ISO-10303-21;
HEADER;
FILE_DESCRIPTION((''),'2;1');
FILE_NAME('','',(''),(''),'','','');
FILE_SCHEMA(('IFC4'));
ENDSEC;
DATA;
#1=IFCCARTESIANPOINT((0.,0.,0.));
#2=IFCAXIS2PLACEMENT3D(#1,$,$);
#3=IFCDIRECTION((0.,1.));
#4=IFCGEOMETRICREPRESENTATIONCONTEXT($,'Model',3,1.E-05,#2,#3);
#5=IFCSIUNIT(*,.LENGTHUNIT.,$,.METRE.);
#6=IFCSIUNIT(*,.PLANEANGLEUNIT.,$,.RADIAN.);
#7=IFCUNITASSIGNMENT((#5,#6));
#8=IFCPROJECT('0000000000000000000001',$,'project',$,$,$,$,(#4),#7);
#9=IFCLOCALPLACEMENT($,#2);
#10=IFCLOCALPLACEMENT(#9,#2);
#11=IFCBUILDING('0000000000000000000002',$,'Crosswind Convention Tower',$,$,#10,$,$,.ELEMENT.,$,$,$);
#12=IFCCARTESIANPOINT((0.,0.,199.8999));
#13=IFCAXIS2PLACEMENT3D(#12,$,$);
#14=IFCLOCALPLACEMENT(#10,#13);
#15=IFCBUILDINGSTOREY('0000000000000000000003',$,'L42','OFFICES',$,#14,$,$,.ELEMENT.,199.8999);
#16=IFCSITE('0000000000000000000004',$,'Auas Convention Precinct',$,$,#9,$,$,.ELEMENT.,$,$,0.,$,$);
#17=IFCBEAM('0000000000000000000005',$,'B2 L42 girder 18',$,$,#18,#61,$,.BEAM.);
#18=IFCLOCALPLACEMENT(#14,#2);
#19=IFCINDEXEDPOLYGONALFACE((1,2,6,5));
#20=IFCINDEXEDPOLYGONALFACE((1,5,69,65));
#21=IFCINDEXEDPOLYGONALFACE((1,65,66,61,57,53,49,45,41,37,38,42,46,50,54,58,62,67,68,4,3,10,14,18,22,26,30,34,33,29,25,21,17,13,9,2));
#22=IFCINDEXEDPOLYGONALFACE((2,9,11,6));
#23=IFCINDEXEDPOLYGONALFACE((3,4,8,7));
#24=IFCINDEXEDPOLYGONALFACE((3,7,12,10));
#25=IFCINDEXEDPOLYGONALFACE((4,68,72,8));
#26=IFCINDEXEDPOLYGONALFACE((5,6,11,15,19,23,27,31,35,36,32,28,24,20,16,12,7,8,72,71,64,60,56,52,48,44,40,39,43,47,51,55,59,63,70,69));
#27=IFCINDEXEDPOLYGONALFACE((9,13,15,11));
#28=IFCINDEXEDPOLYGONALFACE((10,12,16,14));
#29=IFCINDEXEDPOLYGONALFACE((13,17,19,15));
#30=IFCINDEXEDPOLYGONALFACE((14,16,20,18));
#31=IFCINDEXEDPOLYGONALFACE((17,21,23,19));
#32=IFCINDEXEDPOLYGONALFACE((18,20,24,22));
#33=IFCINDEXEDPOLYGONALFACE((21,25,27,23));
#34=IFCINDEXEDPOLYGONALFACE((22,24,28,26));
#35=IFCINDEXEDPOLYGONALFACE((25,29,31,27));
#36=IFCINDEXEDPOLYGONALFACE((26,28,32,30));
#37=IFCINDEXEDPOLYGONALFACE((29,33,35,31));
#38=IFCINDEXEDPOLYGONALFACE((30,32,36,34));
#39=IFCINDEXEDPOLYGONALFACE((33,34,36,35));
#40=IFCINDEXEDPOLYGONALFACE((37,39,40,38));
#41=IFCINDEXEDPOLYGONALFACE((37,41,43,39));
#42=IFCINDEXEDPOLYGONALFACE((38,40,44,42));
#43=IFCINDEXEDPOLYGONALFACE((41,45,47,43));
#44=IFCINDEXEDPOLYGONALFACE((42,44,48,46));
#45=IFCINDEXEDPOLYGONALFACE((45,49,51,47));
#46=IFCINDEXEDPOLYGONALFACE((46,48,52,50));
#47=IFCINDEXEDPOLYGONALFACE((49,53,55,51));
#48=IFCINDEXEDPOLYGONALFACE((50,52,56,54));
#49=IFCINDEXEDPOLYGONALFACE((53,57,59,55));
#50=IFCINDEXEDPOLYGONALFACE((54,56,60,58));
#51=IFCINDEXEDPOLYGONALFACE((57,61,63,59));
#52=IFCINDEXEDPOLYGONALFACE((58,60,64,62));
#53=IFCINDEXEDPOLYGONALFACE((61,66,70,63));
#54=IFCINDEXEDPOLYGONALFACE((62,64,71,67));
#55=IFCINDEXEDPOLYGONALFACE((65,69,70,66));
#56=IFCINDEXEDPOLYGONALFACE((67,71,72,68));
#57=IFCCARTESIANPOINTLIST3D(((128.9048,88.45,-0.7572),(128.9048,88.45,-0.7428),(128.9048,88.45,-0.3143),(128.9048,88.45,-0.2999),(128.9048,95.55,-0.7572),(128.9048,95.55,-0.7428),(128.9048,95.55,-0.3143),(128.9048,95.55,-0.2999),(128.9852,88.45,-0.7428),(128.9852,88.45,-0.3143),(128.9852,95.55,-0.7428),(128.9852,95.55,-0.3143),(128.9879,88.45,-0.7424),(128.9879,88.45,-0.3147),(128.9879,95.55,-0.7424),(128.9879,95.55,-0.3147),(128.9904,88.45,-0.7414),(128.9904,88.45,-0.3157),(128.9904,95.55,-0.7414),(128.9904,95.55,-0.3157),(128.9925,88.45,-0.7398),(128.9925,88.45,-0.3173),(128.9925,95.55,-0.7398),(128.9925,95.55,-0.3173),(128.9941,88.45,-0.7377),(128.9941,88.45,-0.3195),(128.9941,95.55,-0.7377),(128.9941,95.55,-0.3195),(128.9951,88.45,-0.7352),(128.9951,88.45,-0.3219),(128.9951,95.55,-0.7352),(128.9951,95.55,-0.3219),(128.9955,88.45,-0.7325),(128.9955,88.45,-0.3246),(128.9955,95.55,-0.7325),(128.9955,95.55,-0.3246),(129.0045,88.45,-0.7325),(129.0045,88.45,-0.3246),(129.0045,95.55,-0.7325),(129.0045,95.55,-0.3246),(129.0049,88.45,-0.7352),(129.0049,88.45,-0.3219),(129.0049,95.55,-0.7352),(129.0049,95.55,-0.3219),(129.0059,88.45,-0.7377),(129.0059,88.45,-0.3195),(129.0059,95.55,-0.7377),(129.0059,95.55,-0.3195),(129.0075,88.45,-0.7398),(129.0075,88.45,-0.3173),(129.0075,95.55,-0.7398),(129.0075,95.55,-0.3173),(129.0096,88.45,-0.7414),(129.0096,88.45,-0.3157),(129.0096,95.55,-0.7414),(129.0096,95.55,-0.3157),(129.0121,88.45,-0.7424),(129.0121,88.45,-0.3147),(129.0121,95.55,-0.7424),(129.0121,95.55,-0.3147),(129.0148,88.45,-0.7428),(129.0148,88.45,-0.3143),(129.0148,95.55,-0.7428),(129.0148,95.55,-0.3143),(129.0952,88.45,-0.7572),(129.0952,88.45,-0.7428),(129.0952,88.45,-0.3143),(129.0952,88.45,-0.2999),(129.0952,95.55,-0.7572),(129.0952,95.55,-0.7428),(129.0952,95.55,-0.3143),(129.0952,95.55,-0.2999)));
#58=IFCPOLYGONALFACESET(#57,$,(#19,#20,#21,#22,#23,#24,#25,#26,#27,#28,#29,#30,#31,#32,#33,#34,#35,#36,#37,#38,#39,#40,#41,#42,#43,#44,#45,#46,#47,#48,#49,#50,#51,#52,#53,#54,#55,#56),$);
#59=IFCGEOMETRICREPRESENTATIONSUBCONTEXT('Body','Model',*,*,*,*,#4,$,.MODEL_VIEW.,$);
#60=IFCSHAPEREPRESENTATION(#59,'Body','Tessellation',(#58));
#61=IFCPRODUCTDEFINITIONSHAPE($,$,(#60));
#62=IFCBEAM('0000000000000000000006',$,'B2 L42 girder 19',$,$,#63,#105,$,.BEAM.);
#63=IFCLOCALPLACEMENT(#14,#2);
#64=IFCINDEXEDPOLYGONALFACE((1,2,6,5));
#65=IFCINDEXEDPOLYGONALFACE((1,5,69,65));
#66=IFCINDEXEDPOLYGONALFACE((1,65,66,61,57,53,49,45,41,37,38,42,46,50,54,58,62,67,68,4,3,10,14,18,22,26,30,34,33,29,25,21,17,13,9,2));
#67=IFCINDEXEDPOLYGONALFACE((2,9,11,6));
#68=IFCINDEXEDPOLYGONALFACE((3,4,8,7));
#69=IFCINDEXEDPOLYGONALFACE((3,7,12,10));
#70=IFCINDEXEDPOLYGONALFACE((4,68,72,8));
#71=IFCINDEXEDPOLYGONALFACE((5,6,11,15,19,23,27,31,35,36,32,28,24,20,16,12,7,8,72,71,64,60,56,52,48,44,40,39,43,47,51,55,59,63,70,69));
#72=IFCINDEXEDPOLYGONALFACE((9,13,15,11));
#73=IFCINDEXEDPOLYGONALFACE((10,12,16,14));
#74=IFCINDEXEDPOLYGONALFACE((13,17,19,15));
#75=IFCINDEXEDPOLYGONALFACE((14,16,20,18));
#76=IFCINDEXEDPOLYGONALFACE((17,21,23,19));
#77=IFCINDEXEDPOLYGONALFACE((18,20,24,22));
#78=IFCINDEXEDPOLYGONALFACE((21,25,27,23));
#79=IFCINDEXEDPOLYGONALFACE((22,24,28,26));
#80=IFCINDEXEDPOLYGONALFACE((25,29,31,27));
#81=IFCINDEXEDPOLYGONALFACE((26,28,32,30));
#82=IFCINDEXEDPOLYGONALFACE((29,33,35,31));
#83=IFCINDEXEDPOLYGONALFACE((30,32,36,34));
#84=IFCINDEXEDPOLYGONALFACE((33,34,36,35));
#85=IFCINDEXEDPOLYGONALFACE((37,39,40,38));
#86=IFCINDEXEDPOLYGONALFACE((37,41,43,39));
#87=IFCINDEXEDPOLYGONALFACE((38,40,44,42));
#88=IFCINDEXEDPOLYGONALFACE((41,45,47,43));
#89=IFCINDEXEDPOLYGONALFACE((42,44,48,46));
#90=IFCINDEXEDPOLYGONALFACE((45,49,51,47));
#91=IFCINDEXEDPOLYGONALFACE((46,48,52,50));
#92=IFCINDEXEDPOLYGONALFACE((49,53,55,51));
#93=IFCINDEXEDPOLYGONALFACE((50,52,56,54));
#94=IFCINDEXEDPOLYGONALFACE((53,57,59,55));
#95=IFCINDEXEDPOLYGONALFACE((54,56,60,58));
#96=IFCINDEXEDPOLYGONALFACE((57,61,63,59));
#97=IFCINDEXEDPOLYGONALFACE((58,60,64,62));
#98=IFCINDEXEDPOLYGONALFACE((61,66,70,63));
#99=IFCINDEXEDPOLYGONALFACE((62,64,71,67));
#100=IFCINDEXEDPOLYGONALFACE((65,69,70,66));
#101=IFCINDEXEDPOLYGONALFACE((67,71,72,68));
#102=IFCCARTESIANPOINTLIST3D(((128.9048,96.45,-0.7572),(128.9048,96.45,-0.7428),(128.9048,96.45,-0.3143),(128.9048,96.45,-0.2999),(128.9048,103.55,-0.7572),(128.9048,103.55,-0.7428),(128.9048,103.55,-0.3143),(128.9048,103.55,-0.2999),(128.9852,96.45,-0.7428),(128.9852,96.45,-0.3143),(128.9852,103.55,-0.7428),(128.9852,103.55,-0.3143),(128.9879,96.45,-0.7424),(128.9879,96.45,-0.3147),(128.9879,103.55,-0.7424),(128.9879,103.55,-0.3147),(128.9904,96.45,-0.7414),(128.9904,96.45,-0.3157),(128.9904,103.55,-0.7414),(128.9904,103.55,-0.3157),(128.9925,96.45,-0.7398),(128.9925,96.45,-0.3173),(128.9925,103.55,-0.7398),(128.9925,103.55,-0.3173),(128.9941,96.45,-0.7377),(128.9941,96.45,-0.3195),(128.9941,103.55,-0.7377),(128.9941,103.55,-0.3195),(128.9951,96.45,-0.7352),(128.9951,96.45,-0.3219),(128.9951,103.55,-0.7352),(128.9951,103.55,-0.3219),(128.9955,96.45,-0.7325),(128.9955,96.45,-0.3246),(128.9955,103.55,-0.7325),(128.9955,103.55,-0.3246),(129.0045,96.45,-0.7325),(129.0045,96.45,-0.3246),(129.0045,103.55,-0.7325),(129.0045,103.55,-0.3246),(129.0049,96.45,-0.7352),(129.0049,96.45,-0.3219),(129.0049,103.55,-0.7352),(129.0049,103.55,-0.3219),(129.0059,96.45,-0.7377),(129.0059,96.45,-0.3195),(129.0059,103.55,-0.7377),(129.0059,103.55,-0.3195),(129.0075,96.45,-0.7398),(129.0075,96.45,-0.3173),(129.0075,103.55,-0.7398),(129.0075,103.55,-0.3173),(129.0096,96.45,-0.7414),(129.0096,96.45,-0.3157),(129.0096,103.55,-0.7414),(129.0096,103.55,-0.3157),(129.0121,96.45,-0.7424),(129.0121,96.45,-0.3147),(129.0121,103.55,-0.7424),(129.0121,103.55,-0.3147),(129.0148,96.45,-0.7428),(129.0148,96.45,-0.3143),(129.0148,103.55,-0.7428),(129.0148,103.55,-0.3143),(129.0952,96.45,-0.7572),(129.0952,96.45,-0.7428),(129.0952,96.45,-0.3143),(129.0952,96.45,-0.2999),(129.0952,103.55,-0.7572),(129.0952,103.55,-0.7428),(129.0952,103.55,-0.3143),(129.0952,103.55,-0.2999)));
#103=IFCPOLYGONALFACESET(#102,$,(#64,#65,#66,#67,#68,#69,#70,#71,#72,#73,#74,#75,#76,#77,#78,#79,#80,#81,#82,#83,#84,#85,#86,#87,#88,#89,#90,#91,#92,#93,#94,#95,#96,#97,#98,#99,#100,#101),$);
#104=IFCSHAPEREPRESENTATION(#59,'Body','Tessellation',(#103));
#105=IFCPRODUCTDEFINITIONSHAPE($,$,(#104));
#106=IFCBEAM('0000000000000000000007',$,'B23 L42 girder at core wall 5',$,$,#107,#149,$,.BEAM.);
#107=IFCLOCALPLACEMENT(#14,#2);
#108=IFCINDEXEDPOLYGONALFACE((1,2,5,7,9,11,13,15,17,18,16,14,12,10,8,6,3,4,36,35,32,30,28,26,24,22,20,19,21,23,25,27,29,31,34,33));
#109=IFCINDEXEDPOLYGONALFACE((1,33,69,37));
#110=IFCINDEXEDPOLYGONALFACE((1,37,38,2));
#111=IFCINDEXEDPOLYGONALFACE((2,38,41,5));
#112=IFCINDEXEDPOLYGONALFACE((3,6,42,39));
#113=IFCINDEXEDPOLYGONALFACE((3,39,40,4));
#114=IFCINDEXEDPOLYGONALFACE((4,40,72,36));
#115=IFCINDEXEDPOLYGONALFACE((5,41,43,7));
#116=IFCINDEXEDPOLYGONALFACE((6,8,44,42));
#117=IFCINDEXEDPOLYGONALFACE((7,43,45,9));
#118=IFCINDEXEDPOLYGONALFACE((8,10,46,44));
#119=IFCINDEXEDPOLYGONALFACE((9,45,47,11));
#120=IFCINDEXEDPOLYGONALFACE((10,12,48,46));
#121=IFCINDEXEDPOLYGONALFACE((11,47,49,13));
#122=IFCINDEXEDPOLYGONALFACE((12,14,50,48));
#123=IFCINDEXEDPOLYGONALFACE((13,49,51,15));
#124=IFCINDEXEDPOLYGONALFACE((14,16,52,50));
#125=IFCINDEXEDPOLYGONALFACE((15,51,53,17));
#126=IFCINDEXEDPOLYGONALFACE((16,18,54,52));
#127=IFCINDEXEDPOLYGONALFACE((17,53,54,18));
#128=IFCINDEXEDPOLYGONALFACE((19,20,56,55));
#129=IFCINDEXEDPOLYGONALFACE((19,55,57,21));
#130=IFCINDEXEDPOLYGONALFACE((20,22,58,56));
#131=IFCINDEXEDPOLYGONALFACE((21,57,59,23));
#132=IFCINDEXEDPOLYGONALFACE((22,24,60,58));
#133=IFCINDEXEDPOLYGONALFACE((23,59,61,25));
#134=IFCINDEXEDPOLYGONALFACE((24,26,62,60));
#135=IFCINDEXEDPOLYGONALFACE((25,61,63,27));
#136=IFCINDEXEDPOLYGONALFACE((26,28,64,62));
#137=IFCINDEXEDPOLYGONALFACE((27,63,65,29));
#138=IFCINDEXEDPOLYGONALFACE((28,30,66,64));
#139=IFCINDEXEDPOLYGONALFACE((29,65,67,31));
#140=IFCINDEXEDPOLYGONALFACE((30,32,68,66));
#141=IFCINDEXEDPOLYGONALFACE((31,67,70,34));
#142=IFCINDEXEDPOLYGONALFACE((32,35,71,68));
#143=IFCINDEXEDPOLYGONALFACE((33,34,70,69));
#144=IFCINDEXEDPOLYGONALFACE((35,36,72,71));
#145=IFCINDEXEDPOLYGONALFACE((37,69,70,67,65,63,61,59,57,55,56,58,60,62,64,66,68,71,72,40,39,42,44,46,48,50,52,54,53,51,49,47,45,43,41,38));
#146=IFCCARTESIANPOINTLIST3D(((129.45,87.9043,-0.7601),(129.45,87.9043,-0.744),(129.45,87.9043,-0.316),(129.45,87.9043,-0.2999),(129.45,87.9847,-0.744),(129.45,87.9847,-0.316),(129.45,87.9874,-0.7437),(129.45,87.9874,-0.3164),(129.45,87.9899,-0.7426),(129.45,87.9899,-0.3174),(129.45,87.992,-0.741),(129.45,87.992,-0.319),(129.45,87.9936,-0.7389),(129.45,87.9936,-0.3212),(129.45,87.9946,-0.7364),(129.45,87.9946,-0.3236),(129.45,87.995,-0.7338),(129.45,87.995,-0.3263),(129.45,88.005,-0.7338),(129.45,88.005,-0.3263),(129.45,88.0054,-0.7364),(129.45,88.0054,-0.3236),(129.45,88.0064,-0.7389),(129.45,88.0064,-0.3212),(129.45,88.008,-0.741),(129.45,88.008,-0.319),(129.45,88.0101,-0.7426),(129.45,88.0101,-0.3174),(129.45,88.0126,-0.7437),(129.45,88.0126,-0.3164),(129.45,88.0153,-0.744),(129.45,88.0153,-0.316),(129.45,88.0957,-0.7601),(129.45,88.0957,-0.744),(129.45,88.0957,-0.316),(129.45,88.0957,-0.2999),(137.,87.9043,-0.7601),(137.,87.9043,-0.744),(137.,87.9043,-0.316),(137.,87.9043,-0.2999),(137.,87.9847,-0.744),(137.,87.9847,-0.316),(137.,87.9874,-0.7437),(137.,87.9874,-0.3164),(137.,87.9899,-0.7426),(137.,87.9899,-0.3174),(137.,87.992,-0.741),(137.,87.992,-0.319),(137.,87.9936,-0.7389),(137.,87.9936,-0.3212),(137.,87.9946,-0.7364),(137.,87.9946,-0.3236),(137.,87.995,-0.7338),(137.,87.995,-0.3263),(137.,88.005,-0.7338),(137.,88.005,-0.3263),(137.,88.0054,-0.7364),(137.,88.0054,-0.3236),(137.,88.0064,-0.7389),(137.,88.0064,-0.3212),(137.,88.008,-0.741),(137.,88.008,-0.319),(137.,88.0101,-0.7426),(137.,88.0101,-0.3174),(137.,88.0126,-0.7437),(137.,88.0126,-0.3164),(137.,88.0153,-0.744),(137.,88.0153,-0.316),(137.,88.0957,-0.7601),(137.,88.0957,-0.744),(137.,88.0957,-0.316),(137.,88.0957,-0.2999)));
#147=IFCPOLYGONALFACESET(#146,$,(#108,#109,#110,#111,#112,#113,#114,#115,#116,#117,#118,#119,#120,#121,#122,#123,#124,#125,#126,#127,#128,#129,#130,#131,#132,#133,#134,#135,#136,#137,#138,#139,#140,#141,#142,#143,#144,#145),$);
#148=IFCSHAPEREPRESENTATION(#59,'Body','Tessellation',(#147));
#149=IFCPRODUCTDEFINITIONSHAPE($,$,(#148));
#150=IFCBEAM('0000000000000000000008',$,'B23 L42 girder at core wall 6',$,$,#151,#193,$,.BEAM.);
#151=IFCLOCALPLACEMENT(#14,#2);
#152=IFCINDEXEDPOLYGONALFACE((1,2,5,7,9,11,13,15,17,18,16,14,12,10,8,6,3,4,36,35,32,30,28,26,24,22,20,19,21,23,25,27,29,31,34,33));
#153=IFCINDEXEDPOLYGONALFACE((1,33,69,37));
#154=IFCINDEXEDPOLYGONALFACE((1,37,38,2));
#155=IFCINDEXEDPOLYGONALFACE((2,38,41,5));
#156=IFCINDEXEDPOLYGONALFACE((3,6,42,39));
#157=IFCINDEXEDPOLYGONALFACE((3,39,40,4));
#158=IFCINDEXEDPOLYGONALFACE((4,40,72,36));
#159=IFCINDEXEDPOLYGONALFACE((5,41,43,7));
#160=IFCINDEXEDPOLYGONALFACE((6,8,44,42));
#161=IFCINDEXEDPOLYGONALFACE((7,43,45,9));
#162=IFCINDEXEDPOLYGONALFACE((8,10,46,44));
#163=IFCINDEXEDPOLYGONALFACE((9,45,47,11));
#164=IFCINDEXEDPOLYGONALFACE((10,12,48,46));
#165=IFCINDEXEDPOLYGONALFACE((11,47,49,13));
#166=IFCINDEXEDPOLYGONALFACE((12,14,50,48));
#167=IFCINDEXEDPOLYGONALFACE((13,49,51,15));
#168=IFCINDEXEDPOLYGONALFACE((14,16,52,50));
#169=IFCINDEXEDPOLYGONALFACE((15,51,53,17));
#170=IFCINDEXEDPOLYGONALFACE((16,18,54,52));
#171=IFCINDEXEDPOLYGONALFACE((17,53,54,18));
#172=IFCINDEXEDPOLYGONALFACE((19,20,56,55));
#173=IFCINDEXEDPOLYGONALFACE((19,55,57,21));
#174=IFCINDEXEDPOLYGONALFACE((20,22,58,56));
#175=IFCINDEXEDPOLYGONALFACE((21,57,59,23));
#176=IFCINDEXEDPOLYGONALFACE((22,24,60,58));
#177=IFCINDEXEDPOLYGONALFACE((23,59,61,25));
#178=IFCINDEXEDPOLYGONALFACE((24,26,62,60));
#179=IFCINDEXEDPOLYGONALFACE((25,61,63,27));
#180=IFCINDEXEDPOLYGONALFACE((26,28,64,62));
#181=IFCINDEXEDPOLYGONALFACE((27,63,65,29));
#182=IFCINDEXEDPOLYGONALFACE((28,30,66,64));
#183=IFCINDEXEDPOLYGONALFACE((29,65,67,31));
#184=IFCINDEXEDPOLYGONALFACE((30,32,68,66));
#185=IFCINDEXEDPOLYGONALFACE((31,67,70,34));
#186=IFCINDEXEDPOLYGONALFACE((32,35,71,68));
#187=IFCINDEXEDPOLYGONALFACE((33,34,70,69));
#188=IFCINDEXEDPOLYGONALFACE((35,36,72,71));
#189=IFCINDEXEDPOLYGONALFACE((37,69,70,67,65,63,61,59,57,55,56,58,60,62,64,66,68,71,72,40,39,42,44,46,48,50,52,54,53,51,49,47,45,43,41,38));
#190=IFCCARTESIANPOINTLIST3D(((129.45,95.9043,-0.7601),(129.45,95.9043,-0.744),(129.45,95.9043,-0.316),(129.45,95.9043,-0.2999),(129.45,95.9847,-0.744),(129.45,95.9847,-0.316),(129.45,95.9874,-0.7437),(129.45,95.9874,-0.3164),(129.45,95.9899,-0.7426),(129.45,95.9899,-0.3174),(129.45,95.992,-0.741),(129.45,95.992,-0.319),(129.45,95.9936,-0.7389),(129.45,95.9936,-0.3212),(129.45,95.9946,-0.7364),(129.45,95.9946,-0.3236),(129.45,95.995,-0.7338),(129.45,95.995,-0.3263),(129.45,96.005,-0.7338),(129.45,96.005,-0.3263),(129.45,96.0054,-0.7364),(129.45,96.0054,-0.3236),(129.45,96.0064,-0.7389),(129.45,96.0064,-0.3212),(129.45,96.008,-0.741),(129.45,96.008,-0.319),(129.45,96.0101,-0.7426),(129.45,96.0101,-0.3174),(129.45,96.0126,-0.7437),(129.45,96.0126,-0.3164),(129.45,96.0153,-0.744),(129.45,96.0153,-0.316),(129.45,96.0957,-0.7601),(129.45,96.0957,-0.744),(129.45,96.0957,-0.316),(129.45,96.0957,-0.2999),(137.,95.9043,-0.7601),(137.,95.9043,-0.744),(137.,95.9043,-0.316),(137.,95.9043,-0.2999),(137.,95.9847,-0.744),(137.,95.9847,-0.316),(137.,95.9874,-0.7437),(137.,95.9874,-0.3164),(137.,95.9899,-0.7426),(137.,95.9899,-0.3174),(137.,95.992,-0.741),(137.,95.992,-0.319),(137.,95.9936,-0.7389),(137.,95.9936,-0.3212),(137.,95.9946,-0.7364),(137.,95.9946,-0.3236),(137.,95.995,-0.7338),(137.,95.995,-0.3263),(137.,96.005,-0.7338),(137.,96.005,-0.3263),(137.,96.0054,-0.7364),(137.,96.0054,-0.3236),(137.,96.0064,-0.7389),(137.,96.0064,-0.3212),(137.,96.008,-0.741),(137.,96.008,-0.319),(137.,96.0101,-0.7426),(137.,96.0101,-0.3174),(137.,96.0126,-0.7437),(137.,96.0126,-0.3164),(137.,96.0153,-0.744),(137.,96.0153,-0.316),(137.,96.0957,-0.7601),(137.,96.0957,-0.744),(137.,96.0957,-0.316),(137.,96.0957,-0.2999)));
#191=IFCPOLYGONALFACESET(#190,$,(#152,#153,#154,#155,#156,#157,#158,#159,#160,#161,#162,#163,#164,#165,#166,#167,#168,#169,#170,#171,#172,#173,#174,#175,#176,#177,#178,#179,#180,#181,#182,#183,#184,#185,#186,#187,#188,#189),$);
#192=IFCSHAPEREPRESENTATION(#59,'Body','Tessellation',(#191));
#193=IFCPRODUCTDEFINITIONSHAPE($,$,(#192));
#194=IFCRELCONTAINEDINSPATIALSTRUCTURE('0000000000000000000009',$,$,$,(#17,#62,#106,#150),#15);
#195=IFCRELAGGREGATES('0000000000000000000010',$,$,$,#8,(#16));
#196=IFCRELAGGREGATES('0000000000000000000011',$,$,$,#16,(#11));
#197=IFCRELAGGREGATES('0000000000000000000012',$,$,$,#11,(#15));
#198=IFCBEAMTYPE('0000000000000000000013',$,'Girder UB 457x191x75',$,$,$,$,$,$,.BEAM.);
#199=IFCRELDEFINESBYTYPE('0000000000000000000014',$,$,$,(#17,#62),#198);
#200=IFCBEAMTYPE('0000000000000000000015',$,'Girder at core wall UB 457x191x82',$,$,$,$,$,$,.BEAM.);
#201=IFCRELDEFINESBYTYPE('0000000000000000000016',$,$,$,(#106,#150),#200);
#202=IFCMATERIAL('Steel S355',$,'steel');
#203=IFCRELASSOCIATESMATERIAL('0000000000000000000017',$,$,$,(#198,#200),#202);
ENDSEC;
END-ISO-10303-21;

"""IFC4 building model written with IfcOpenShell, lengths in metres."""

from ifc_helpers import new_model, si_unit, direction, frame, origin, origin_2d, place, context, subcontext, project, spatial, i_section, extrude, material, material_profile, profile_set, type_object, element, save


model = new_model("IFC4")

# Units and contexts
model_context = context("Model", 3, precision=1e-05, world=origin(), true_north=direction((0.0, 1.0)))
body_context = subcontext(model_context, "Body", "Model", "MODEL_VIEW")
ifc_project = project(units=[si_unit("LENGTHUNIT", "METRE"), si_unit("PLANEANGLEUNIT", "RADIAN")], contexts=[model_context])

# Site, building, storey
site_placement = place(None, origin())
site = spatial("IfcSite", under=ifc_project, at=site_placement, Name="Auas Convention Precinct", CompositionType="ELEMENT", RefElevation=0.0)
building_placement = place(site_placement, origin())
building = spatial("IfcBuilding", under=site, at=building_placement, Name="Crosswind Convention Tower", CompositionType="ELEMENT")
storey_placement = place(building_placement, frame((0.0, 0.0, 199.8999)))
storey = spatial("IfcBuildingStorey", under=building, at=storey_placement, Name="L42", Description="OFFICES", CompositionType="ELEMENT", Elevation=199.8999)

# Beams
ifc_material_1 = material(Name="Steel S355", Category="steel")
ifc_material_profile_1 = material_profile(ifc_material_1, i_section(OverallWidth=0.1904, OverallDepth=0.4573, WebThickness=0.009, FlangeThickness=0.0144, FilletRadius=0.0103, at=origin_2d()), Name="UB 457x191x75")
ifc_profile_set_1 = profile_set([ifc_material_profile_1], Name="Steel S355")
beam_type_1 = type_object("IfcBeamType", Name="Girder UB 457x191x75", PredefinedType="BEAM", material=ifc_profile_set_1)
for number, where, z_axis, x_axis, name in (
    (1, (129.0, 88.45, -0.5286), (0.0, 1.0, 0.0), (-1.0, 0.0, 0.0), "B2 L42 girder 18"),
    (2, (129.0, 96.45, -0.5286), (0.0, 1.0, 0.0), (-1.0, 0.0, 0.0), "B2 L42 girder 19"),
):
    element("IfcBeam", number, at=place(storey_placement, frame(where, z_axis=z_axis, x_axis=x_axis)), inside=storey, type_object=beam_type_1, Name=name, PredefinedType="BEAM", context=body_context, shape_type="SweptSolid", body=[
        extrude(i_section(OverallWidth=0.1904, OverallDepth=0.4573, WebThickness=0.009, FlangeThickness=0.0144, FilletRadius=0.0103, at=origin_2d()), origin(), (0.0, 0.0, 1.0), 7.1001),
    ])
ifc_material_profile_2 = material_profile(ifc_material_1, i_section(OverallWidth=0.1914, OverallDepth=0.4602, WebThickness=0.01, FlangeThickness=0.0161, FilletRadius=0.0103, at=origin_2d()), Name="UB 457x191x82")
ifc_profile_set_2 = profile_set([ifc_material_profile_2], Name="Steel S355")
beam_type_2 = type_object("IfcBeamType", Name="Girder at core wall UB 457x191x82", PredefinedType="BEAM", material=ifc_profile_set_2)
for number, where, z_axis, x_axis, name in (
    (3, (129.45, 88.0, -0.53), (1.0, 0.0, 0.0), (0.0, 1.0, 0.0), "B23 L42 girder at core wall 5"),
    (4, (129.45, 96.0, -0.53), (1.0, 0.0, 0.0), (0.0, 1.0, 0.0), "B23 L42 girder at core wall 6"),
):
    element("IfcBeam", number, at=place(storey_placement, frame(where, z_axis=z_axis, x_axis=x_axis)), inside=storey, type_object=beam_type_2, Name=name, PredefinedType="BEAM", context=body_context, shape_type="SweptSolid", body=[
        extrude(i_section(OverallWidth=0.1914, OverallDepth=0.4602, WebThickness=0.01, FlangeThickness=0.0161, FilletRadius=0.0103, at=origin_2d()), origin(), (0.0, 0.0, 1.0), 7.55),
    ])

save(model, "model.ifc")
